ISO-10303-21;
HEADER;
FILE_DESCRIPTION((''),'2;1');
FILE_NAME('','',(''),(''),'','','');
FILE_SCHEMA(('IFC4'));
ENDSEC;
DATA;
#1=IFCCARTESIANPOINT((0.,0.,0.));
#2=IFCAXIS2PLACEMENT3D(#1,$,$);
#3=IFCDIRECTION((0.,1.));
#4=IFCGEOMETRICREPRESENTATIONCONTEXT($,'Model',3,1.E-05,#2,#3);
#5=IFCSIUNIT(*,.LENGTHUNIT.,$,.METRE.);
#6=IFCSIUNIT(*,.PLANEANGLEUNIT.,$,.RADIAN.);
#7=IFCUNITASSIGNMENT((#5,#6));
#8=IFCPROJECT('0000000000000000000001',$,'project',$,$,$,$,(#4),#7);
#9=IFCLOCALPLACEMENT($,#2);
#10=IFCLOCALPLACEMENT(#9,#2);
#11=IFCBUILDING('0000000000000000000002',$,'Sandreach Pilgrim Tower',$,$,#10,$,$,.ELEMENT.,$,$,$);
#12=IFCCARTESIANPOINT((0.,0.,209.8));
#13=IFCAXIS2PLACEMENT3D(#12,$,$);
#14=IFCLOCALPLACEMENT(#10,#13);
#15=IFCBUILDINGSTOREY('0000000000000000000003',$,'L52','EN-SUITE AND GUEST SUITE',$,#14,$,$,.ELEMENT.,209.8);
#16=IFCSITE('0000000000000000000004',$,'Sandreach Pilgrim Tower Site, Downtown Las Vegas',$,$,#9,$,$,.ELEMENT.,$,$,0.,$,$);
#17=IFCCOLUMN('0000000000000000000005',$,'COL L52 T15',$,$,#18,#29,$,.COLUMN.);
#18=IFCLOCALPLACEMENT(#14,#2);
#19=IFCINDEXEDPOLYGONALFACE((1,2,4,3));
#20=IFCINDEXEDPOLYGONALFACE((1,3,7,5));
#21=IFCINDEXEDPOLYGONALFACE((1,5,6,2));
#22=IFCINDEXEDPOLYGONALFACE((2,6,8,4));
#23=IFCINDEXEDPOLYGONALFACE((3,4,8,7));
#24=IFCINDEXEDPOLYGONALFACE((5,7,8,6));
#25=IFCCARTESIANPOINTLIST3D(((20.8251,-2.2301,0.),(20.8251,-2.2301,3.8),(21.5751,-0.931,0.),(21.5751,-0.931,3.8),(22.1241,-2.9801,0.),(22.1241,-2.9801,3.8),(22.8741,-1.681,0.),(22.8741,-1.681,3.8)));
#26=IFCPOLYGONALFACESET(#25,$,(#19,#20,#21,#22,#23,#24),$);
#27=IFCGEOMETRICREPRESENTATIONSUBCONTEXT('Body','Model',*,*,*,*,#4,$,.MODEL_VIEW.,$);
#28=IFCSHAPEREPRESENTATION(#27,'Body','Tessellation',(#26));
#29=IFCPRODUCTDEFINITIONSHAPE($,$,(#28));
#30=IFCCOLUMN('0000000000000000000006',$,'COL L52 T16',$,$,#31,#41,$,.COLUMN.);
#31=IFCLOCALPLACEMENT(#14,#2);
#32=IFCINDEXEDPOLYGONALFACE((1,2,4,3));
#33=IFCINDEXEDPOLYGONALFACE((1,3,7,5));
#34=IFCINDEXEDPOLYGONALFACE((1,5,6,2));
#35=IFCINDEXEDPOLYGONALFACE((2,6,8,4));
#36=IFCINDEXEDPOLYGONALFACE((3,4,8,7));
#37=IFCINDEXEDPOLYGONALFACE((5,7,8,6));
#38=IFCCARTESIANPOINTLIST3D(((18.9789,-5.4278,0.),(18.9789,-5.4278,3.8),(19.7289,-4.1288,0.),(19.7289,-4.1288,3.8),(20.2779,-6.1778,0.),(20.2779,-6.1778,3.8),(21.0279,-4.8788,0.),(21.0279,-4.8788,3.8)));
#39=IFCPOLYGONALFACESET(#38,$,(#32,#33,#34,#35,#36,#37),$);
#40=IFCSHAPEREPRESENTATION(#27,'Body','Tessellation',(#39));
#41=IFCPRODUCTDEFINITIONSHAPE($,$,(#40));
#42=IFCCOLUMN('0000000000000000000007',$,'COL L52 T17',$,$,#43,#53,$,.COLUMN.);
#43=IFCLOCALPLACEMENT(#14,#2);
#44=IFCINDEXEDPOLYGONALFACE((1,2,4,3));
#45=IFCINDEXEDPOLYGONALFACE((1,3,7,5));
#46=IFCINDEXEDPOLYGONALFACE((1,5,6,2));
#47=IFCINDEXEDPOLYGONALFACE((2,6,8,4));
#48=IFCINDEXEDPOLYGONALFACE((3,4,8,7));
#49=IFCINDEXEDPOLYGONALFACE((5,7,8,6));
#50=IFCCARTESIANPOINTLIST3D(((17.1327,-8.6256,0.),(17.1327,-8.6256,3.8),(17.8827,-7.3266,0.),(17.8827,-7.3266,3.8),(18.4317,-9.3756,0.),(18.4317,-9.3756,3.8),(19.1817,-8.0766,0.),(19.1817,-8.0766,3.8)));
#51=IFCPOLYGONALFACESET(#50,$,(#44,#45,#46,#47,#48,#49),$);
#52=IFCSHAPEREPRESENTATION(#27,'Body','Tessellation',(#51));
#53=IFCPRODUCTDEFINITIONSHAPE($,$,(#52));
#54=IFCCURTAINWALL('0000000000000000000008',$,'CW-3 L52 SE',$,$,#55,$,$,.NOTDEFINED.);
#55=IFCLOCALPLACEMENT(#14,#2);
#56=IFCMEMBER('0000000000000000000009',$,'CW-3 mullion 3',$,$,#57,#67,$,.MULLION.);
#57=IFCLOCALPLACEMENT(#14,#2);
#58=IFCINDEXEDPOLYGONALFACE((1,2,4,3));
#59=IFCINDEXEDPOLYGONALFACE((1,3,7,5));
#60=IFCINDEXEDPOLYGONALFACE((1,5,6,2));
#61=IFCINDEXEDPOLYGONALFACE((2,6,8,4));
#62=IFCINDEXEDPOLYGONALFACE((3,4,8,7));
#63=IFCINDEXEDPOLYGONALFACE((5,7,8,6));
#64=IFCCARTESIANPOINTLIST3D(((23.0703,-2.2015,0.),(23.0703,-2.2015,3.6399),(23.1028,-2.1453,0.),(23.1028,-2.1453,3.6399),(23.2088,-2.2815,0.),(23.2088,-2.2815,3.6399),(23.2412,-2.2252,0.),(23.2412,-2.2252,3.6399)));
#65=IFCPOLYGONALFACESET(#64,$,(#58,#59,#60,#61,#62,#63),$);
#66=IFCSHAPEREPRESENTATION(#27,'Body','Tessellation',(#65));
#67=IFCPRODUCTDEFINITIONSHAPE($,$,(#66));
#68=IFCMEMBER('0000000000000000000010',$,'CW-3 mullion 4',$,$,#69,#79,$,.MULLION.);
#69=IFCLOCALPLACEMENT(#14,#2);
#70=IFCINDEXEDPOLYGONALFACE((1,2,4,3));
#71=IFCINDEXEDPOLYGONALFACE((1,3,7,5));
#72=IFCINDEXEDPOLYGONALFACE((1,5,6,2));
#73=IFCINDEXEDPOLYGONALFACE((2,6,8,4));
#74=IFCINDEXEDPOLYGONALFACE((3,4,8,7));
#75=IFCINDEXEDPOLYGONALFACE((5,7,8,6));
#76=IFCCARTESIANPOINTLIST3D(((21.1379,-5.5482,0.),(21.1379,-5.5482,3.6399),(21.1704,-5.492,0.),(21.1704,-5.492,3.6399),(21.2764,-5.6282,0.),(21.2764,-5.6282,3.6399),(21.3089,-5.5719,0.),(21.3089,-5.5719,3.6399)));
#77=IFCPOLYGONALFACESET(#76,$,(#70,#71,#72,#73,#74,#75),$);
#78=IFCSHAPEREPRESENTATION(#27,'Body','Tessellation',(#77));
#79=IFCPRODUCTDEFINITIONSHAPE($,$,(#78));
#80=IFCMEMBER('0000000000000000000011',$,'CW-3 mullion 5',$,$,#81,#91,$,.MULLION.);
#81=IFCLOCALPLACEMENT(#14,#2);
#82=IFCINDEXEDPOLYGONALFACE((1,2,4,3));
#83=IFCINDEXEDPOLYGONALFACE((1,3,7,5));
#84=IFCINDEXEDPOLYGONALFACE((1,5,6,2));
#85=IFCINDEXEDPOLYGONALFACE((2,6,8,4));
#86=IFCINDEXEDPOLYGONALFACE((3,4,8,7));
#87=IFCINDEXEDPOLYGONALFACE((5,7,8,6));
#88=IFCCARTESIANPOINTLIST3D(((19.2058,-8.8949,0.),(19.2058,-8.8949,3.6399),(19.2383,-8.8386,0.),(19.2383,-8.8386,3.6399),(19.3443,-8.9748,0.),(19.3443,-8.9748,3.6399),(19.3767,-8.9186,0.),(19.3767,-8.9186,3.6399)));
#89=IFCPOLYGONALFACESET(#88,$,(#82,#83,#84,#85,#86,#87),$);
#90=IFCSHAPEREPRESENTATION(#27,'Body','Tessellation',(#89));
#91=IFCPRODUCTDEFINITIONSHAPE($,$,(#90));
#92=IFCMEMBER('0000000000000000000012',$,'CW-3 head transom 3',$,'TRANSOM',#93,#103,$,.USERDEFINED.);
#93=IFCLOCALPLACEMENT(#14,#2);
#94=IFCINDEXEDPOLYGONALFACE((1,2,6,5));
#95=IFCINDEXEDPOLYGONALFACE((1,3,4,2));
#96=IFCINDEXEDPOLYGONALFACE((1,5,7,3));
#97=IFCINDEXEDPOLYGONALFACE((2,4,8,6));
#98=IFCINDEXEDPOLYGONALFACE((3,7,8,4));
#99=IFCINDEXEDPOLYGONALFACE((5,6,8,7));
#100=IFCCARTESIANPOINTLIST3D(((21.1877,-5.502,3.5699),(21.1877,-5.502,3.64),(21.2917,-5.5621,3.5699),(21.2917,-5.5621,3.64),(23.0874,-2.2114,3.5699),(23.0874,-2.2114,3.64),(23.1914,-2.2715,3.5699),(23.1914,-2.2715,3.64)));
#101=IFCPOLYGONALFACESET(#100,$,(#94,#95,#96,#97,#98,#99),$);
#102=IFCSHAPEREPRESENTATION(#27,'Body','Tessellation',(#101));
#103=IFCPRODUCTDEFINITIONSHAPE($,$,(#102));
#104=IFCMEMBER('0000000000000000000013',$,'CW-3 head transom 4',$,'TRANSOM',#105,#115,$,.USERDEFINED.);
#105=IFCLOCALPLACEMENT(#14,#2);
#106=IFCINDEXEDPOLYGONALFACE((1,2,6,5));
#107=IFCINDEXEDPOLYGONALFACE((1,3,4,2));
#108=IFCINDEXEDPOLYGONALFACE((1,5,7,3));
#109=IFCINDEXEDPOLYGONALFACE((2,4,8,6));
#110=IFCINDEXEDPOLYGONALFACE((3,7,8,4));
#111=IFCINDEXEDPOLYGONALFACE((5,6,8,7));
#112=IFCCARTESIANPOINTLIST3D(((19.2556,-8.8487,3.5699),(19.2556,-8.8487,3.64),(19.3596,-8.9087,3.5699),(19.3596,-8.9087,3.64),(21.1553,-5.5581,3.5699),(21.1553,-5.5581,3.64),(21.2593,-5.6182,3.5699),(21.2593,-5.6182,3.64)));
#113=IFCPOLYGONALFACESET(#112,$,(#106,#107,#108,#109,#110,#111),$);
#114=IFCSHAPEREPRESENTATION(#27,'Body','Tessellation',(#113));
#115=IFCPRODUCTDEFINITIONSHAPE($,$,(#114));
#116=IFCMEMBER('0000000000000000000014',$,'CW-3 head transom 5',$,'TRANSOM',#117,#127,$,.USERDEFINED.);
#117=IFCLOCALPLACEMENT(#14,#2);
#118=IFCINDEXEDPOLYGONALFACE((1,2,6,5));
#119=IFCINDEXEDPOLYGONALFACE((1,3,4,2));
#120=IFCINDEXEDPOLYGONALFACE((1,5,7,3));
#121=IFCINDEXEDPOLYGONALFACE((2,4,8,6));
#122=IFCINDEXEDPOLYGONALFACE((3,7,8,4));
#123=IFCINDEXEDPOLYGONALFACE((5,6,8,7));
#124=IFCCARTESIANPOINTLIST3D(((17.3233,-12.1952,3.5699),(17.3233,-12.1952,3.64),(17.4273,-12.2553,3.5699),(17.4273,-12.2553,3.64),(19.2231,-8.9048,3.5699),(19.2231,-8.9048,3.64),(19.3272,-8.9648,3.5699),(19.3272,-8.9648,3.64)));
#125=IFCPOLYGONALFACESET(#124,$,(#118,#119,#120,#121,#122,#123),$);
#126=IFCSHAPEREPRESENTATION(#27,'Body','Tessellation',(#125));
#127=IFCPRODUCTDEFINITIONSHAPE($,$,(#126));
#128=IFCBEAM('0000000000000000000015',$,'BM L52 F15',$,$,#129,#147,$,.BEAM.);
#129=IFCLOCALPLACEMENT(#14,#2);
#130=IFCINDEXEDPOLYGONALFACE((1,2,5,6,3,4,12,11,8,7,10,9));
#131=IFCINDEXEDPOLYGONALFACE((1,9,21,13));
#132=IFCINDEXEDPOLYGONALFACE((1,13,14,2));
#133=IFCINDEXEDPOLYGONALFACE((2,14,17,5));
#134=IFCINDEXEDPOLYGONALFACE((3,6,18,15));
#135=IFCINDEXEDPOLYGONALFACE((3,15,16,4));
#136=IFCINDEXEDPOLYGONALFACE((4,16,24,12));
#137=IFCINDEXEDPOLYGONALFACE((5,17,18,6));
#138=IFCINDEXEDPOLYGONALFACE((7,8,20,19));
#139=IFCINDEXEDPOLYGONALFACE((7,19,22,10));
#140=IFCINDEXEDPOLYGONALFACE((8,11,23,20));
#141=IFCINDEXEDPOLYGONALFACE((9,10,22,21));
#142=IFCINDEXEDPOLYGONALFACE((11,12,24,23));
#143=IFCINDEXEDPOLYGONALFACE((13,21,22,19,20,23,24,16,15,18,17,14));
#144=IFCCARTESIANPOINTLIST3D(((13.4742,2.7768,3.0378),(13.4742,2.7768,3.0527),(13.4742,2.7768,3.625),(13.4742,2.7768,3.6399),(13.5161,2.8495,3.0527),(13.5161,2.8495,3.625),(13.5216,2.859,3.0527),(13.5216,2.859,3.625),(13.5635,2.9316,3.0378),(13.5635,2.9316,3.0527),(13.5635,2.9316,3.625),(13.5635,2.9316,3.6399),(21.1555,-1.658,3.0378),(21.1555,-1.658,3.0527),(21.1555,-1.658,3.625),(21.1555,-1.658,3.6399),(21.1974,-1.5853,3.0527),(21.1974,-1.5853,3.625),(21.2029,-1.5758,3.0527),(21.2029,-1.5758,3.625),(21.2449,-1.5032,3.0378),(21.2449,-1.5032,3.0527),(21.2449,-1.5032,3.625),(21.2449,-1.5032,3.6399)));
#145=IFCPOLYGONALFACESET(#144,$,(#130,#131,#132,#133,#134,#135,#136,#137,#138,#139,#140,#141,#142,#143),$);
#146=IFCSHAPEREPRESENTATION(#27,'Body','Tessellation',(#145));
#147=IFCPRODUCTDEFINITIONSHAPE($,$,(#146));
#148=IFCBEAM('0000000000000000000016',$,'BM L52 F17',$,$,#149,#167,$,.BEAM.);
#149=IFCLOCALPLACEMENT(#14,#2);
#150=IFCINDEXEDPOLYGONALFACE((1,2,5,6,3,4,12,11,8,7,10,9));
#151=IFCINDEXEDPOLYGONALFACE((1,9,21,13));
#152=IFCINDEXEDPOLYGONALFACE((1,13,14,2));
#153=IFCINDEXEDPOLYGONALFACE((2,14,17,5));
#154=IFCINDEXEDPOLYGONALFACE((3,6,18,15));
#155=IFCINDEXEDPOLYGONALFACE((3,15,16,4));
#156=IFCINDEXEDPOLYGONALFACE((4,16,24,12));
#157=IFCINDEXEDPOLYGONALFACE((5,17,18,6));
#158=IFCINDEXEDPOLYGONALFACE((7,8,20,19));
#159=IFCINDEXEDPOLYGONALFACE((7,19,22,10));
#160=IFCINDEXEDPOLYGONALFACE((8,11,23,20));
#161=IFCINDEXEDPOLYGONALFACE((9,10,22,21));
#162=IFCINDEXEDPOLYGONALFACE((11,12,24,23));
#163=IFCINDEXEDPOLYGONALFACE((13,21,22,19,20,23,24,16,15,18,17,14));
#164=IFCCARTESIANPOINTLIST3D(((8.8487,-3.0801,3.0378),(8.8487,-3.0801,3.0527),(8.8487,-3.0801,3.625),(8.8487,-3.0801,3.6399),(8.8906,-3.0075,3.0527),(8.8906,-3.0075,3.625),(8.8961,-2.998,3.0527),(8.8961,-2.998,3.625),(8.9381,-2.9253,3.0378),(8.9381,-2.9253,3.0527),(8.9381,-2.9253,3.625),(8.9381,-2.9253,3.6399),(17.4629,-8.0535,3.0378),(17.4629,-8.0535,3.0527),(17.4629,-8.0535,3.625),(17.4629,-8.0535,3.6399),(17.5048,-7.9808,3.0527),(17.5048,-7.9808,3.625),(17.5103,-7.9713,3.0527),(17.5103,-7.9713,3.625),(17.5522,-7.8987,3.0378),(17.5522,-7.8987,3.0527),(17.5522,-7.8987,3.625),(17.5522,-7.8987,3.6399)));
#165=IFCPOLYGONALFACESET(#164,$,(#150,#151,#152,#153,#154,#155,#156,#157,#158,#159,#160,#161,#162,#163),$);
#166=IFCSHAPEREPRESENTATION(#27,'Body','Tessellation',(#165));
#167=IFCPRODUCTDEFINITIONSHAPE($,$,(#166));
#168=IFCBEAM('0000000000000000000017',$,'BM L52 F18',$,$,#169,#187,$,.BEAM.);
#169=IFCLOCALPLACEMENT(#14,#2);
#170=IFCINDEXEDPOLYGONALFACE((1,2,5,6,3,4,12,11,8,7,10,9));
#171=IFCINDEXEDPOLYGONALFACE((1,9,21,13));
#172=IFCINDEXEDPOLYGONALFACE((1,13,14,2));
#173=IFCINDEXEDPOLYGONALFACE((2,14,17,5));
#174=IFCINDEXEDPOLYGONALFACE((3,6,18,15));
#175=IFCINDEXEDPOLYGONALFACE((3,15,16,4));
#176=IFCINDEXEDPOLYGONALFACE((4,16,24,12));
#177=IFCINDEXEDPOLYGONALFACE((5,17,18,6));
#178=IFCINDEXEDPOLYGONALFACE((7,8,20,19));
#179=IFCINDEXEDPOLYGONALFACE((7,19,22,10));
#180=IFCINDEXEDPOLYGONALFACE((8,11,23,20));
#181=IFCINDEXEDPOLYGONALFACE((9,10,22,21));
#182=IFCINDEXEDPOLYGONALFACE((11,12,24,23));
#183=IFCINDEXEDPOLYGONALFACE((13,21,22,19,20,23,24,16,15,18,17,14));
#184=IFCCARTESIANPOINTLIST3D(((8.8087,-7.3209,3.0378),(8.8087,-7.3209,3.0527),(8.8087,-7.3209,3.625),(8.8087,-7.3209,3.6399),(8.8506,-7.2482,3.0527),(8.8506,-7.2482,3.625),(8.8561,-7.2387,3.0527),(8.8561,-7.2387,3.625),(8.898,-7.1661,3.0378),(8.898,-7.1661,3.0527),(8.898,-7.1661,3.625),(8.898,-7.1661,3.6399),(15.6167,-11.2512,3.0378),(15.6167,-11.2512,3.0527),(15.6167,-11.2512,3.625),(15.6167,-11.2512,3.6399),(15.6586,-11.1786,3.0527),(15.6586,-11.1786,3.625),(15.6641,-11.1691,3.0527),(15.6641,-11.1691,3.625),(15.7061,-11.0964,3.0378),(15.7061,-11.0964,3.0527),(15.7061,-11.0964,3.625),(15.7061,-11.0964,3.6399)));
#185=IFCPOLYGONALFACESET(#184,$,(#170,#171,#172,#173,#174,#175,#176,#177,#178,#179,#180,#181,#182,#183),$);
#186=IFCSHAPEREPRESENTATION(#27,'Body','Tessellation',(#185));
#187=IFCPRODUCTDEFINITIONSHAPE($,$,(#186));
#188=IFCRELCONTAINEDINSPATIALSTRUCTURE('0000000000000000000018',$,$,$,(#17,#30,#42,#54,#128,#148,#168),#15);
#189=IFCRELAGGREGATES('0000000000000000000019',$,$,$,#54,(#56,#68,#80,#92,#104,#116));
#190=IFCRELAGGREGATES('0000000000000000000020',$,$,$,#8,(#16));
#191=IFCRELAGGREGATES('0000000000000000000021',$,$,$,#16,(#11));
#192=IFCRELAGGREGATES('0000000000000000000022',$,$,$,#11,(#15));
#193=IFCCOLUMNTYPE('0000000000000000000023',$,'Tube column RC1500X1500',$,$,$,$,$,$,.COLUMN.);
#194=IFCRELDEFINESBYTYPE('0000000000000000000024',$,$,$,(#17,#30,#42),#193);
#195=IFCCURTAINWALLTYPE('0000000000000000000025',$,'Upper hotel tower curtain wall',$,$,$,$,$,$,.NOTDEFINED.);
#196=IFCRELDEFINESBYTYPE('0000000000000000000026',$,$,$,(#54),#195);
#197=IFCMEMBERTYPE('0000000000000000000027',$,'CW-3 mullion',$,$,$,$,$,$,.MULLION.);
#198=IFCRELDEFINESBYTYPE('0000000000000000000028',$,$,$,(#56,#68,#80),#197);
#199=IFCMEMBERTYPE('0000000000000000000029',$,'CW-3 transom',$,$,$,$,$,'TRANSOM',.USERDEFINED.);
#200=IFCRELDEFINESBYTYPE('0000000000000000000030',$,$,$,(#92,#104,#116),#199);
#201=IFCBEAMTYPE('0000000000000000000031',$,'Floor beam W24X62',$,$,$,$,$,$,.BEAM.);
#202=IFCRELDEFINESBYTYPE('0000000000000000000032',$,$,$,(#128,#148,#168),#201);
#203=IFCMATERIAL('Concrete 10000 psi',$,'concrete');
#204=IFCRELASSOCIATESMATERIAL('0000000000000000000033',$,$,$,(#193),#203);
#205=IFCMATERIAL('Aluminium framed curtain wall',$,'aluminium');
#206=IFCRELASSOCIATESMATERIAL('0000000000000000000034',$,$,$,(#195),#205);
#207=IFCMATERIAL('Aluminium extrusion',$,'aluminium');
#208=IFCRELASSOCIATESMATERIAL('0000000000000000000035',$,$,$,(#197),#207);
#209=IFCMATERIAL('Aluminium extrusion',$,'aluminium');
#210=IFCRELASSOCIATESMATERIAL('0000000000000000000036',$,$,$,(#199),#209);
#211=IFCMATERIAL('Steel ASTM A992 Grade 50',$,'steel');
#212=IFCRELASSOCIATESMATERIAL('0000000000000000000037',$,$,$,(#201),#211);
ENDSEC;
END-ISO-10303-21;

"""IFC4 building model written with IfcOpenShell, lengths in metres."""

from ifc_helpers import new_model, si_unit, direction, frame, origin, origin_2d, place, context, subcontext, project, spatial, rectangle, i_section, extrude, material, material_profile, profile_set, type_object, element, aggregate, save


model = new_model("IFC4")

# Units and contexts
model_context = context("Model", 3, precision=1e-05, world=origin(), true_north=direction((0.0, 1.0)))
body_context = subcontext(model_context, "Body", "Model", "MODEL_VIEW")
ifc_project = project(units=[si_unit("LENGTHUNIT", "METRE"), si_unit("PLANEANGLEUNIT", "RADIAN")], contexts=[model_context])

# Site, building, storey
site_placement = place(None, origin())
site = spatial("IfcSite", under=ifc_project, at=site_placement, Name="Sandreach Pilgrim Tower Site, Downtown Las Vegas", CompositionType="ELEMENT", RefElevation=0.0)
building_placement = place(site_placement, origin())
building = spatial("IfcBuilding", under=site, at=building_placement, Name="Sandreach Pilgrim Tower", CompositionType="ELEMENT")
storey_placement = place(building_placement, frame((0.0, 0.0, 209.8)))
storey = spatial("IfcBuildingStorey", under=building, at=storey_placement, Name="L52", Description="EN-SUITE AND GUEST SUITE", CompositionType="ELEMENT", Elevation=209.8)

# Columns
ifc_material_1 = material(Name="Concrete 10000 psi", Category="concrete")
ifc_material_profile_1 = material_profile(ifc_material_1, rectangle(XDim=1.5, YDim=1.5, at=origin_2d()), Name="RC1500X1500")
ifc_profile_set_1 = profile_set([ifc_material_profile_1], Name="Concrete 10000 psi")
column_type = type_object("IfcColumnType", Name="Tube column RC1500X1500", PredefinedType="COLUMN", material=ifc_profile_set_1)
for number, where, z_axis, x_axis, name in (
    (1, (21.8496, -1.9556, 0.0), (0.0, 0.0, 1.0), (0.866025, -0.5, 0.0), "COL L52 T15"),
    (2, (20.0034, -5.1533, 0.0), (0.0, 0.0, 1.0), (0.866025, -0.5, 0.0), "COL L52 T16"),
    (3, (18.1572, -8.3511, 0.0), (0.0, 0.0, 1.0), (0.866025, -0.5, 0.0), "COL L52 T17"),
):
    element("IfcColumn", number, at=place(storey_placement, frame(where, z_axis=z_axis, x_axis=x_axis)), inside=storey, type_object=column_type, Name=name, PredefinedType="COLUMN", context=body_context, shape_type="SweptSolid", body=[
        extrude(rectangle(XDim=1.5, YDim=1.5, at=origin_2d()), origin(), (0.0, 0.0, 1.0), 3.8),
    ])

# Curtain wall, members
ifc_material_2 = material(Name="Aluminium framed curtain wall", Category="aluminium")
curtain_wall_type = type_object("IfcCurtainWallType", Name="Upper hotel tower curtain wall", PredefinedType="NOTDEFINED", material=ifc_material_2)
curtain_wall_placement = place(storey_placement, origin())
curtain_wall = element("IfcCurtainWall", 4, at=curtain_wall_placement, inside=storey, type_object=curtain_wall_type, Name="CW-3 L52 SE", PredefinedType="NOTDEFINED")
ifc_material_3 = material(Name="Aluminium extrusion", Category="aluminium")
ifc_material_profile_2 = material_profile(ifc_material_3, rectangle(XDim=0.0649, YDim=0.1599, at=origin_2d()), Name="CW-3M 65X160")
ifc_profile_set_2 = profile_set([ifc_material_profile_2], Name="Aluminium extrusion")
member_type_1 = type_object("IfcMemberType", Name="CW-3 mullion", PredefinedType="MULLION", material=ifc_profile_set_2)
member_1_placement = place(storey_placement, frame((23.1558, -2.2134, 0.0), z_axis=(0.0, 0.0, 1.0), x_axis=(-0.5, -0.866025, 0.0)))
member_1 = element("IfcMember", 5, at=member_1_placement, type_object=member_type_1, Name="CW-3 mullion 3", PredefinedType="MULLION", context=body_context, shape_type="SweptSolid", body=[
    extrude(rectangle(XDim=0.0649, YDim=0.1599, at=origin_2d()), origin(), (0.0, 0.0, 1.0), 3.6399),
])
member_2_placement = place(storey_placement, frame((21.2234, -5.5601, 0.0), z_axis=(0.0, 0.0, 1.0), x_axis=(-0.5, -0.866025, 0.0)))
member_2 = element("IfcMember", 6, at=member_2_placement, type_object=member_type_1, Name="CW-3 mullion 4", PredefinedType="MULLION", context=body_context, shape_type="SweptSolid", body=[
    extrude(rectangle(XDim=0.0649, YDim=0.1599, at=origin_2d()), origin(), (0.0, 0.0, 1.0), 3.6399),
])
member_3_placement = place(storey_placement, frame((19.2913, -8.9067, 0.0), z_axis=(0.0, 0.0, 1.0), x_axis=(-0.5, -0.866025, 0.0)))
member_3 = element("IfcMember", 7, at=member_3_placement, type_object=member_type_1, Name="CW-3 mullion 5", PredefinedType="MULLION", context=body_context, shape_type="SweptSolid", body=[
    extrude(rectangle(XDim=0.0649, YDim=0.1599, at=origin_2d()), origin(), (0.0, 0.0, 1.0), 3.6399),
])
ifc_material_4 = material(Name="Aluminium extrusion", Category="aluminium")
ifc_material_profile_3 = material_profile(ifc_material_4, rectangle(XDim=0.1201, YDim=0.0701, at=origin_2d()), Name="CW-3T 120X70")
ifc_profile_set_3 = profile_set([ifc_material_profile_3], Name="Aluminium extrusion")
member_type_2 = type_object("IfcMemberType", Name="CW-3 transom", ElementType="TRANSOM", PredefinedType="USERDEFINED", material=ifc_profile_set_3)
member_4_placement = place(storey_placement, frame((23.1394, -2.2415, 3.605), z_axis=(-0.499975, -0.86604, 0.0), x_axis=(0.86604, -0.499975, 0.0)))
member_4 = element("IfcMember", 8, at=member_4_placement, type_object=member_type_2, Name="CW-3 head transom 3", ObjectType="TRANSOM", PredefinedType="USERDEFINED", context=body_context, shape_type="SweptSolid", body=[
    extrude(rectangle(XDim=0.1201, YDim=0.0701, at=origin_2d()), origin(), (0.0, 0.0, 1.0), 3.7996),
])
member_5_placement = place(storey_placement, frame((21.2073, -5.5881, 3.605), z_axis=(-0.499975, -0.86604, 0.0), x_axis=(0.86604, -0.499975, 0.0)))
member_5 = element("IfcMember", 9, at=member_5_placement, type_object=member_type_2, Name="CW-3 head transom 4", ObjectType="TRANSOM", PredefinedType="USERDEFINED", context=body_context, shape_type="SweptSolid", body=[
    extrude(rectangle(XDim=0.1201, YDim=0.0701, at=origin_2d()), origin(), (0.0, 0.0, 1.0), 3.7996),
])
member_6_placement = place(storey_placement, frame((19.2751, -8.9348, 3.605), z_axis=(-0.500023, -0.866012, 0.0), x_axis=(0.866012, -0.500023, 0.0)))
member_6 = element("IfcMember", 10, at=member_6_placement, type_object=member_type_2, Name="CW-3 head transom 5", ObjectType="TRANSOM", PredefinedType="USERDEFINED", context=body_context, shape_type="SweptSolid", body=[
    extrude(rectangle(XDim=0.1201, YDim=0.0701, at=origin_2d()), origin(), (0.0, 0.0, 1.0), 3.7996),
])

# Beams
ifc_material_5 = material(Name="Steel ASTM A992 Grade 50", Category="steel")
ifc_material_profile_4 = material_profile(ifc_material_5, i_section(OverallWidth=0.1787, OverallDepth=0.6021, WebThickness=0.011, FlangeThickness=0.0149, at=origin_2d()), Name="W24X62")
ifc_profile_set_4 = profile_set([ifc_material_profile_4], Name="Steel ASTM A992 Grade 50")
beam_type_1 = type_object("IfcBeamType", Name="Floor beam W24X62", PredefinedType="BEAM", material=ifc_profile_set_4)
beam_1_placement = place(storey_placement, frame((21.2002, -1.5806, 3.3389), z_axis=(-0.866027, 0.499996, 0.0), x_axis=(-0.499996, -0.866027, 0.0)))
element("IfcBeam", 11, at=beam_1_placement, inside=storey, type_object=beam_type_1, Name="BM L52 F15", PredefinedType="BEAM", context=body_context, shape_type="SweptSolid", body=[
    extrude(i_section(OverallWidth=0.1787, OverallDepth=0.6021, WebThickness=0.011, FlangeThickness=0.0149, at=origin_2d()), origin(), (0.0, 0.0, 1.0), 8.8696),
])
beam_2_placement = place(storey_placement, frame((17.5076, -7.9761, 3.3389), z_axis=(-0.866028, 0.499996, 0.0), x_axis=(-0.499996, -0.866028, 0.0)))
element("IfcBeam", 12, at=beam_2_placement, inside=storey, type_object=beam_type_1, Name="BM L52 F17", PredefinedType="BEAM", context=body_context, shape_type="SweptSolid", body=[
    extrude(i_section(OverallWidth=0.1787, OverallDepth=0.6021, WebThickness=0.011, FlangeThickness=0.0149, at=origin_2d()), origin(), (0.0, 0.0, 1.0), 9.9468),
])
beam_3_placement = place(storey_placement, frame((15.6614, -11.1738, 3.3389), z_axis=(-0.866039, 0.499977, 0.0), x_axis=(-0.499977, -0.866039, 0.0)))
element("IfcBeam", 13, at=beam_3_placement, inside=storey, type_object=beam_type_1, Name="BM L52 F18", PredefinedType="BEAM", context=body_context, shape_type="SweptSolid", body=[
    extrude(i_section(OverallWidth=0.1787, OverallDepth=0.6021, WebThickness=0.011, FlangeThickness=0.0149, at=origin_2d()), origin(), (0.0, 0.0, 1.0), 7.8611),
])

aggregate(curtain_wall, [member_1, member_2, member_3, member_4, member_5, member_6])

save(model, "model.ifc")
